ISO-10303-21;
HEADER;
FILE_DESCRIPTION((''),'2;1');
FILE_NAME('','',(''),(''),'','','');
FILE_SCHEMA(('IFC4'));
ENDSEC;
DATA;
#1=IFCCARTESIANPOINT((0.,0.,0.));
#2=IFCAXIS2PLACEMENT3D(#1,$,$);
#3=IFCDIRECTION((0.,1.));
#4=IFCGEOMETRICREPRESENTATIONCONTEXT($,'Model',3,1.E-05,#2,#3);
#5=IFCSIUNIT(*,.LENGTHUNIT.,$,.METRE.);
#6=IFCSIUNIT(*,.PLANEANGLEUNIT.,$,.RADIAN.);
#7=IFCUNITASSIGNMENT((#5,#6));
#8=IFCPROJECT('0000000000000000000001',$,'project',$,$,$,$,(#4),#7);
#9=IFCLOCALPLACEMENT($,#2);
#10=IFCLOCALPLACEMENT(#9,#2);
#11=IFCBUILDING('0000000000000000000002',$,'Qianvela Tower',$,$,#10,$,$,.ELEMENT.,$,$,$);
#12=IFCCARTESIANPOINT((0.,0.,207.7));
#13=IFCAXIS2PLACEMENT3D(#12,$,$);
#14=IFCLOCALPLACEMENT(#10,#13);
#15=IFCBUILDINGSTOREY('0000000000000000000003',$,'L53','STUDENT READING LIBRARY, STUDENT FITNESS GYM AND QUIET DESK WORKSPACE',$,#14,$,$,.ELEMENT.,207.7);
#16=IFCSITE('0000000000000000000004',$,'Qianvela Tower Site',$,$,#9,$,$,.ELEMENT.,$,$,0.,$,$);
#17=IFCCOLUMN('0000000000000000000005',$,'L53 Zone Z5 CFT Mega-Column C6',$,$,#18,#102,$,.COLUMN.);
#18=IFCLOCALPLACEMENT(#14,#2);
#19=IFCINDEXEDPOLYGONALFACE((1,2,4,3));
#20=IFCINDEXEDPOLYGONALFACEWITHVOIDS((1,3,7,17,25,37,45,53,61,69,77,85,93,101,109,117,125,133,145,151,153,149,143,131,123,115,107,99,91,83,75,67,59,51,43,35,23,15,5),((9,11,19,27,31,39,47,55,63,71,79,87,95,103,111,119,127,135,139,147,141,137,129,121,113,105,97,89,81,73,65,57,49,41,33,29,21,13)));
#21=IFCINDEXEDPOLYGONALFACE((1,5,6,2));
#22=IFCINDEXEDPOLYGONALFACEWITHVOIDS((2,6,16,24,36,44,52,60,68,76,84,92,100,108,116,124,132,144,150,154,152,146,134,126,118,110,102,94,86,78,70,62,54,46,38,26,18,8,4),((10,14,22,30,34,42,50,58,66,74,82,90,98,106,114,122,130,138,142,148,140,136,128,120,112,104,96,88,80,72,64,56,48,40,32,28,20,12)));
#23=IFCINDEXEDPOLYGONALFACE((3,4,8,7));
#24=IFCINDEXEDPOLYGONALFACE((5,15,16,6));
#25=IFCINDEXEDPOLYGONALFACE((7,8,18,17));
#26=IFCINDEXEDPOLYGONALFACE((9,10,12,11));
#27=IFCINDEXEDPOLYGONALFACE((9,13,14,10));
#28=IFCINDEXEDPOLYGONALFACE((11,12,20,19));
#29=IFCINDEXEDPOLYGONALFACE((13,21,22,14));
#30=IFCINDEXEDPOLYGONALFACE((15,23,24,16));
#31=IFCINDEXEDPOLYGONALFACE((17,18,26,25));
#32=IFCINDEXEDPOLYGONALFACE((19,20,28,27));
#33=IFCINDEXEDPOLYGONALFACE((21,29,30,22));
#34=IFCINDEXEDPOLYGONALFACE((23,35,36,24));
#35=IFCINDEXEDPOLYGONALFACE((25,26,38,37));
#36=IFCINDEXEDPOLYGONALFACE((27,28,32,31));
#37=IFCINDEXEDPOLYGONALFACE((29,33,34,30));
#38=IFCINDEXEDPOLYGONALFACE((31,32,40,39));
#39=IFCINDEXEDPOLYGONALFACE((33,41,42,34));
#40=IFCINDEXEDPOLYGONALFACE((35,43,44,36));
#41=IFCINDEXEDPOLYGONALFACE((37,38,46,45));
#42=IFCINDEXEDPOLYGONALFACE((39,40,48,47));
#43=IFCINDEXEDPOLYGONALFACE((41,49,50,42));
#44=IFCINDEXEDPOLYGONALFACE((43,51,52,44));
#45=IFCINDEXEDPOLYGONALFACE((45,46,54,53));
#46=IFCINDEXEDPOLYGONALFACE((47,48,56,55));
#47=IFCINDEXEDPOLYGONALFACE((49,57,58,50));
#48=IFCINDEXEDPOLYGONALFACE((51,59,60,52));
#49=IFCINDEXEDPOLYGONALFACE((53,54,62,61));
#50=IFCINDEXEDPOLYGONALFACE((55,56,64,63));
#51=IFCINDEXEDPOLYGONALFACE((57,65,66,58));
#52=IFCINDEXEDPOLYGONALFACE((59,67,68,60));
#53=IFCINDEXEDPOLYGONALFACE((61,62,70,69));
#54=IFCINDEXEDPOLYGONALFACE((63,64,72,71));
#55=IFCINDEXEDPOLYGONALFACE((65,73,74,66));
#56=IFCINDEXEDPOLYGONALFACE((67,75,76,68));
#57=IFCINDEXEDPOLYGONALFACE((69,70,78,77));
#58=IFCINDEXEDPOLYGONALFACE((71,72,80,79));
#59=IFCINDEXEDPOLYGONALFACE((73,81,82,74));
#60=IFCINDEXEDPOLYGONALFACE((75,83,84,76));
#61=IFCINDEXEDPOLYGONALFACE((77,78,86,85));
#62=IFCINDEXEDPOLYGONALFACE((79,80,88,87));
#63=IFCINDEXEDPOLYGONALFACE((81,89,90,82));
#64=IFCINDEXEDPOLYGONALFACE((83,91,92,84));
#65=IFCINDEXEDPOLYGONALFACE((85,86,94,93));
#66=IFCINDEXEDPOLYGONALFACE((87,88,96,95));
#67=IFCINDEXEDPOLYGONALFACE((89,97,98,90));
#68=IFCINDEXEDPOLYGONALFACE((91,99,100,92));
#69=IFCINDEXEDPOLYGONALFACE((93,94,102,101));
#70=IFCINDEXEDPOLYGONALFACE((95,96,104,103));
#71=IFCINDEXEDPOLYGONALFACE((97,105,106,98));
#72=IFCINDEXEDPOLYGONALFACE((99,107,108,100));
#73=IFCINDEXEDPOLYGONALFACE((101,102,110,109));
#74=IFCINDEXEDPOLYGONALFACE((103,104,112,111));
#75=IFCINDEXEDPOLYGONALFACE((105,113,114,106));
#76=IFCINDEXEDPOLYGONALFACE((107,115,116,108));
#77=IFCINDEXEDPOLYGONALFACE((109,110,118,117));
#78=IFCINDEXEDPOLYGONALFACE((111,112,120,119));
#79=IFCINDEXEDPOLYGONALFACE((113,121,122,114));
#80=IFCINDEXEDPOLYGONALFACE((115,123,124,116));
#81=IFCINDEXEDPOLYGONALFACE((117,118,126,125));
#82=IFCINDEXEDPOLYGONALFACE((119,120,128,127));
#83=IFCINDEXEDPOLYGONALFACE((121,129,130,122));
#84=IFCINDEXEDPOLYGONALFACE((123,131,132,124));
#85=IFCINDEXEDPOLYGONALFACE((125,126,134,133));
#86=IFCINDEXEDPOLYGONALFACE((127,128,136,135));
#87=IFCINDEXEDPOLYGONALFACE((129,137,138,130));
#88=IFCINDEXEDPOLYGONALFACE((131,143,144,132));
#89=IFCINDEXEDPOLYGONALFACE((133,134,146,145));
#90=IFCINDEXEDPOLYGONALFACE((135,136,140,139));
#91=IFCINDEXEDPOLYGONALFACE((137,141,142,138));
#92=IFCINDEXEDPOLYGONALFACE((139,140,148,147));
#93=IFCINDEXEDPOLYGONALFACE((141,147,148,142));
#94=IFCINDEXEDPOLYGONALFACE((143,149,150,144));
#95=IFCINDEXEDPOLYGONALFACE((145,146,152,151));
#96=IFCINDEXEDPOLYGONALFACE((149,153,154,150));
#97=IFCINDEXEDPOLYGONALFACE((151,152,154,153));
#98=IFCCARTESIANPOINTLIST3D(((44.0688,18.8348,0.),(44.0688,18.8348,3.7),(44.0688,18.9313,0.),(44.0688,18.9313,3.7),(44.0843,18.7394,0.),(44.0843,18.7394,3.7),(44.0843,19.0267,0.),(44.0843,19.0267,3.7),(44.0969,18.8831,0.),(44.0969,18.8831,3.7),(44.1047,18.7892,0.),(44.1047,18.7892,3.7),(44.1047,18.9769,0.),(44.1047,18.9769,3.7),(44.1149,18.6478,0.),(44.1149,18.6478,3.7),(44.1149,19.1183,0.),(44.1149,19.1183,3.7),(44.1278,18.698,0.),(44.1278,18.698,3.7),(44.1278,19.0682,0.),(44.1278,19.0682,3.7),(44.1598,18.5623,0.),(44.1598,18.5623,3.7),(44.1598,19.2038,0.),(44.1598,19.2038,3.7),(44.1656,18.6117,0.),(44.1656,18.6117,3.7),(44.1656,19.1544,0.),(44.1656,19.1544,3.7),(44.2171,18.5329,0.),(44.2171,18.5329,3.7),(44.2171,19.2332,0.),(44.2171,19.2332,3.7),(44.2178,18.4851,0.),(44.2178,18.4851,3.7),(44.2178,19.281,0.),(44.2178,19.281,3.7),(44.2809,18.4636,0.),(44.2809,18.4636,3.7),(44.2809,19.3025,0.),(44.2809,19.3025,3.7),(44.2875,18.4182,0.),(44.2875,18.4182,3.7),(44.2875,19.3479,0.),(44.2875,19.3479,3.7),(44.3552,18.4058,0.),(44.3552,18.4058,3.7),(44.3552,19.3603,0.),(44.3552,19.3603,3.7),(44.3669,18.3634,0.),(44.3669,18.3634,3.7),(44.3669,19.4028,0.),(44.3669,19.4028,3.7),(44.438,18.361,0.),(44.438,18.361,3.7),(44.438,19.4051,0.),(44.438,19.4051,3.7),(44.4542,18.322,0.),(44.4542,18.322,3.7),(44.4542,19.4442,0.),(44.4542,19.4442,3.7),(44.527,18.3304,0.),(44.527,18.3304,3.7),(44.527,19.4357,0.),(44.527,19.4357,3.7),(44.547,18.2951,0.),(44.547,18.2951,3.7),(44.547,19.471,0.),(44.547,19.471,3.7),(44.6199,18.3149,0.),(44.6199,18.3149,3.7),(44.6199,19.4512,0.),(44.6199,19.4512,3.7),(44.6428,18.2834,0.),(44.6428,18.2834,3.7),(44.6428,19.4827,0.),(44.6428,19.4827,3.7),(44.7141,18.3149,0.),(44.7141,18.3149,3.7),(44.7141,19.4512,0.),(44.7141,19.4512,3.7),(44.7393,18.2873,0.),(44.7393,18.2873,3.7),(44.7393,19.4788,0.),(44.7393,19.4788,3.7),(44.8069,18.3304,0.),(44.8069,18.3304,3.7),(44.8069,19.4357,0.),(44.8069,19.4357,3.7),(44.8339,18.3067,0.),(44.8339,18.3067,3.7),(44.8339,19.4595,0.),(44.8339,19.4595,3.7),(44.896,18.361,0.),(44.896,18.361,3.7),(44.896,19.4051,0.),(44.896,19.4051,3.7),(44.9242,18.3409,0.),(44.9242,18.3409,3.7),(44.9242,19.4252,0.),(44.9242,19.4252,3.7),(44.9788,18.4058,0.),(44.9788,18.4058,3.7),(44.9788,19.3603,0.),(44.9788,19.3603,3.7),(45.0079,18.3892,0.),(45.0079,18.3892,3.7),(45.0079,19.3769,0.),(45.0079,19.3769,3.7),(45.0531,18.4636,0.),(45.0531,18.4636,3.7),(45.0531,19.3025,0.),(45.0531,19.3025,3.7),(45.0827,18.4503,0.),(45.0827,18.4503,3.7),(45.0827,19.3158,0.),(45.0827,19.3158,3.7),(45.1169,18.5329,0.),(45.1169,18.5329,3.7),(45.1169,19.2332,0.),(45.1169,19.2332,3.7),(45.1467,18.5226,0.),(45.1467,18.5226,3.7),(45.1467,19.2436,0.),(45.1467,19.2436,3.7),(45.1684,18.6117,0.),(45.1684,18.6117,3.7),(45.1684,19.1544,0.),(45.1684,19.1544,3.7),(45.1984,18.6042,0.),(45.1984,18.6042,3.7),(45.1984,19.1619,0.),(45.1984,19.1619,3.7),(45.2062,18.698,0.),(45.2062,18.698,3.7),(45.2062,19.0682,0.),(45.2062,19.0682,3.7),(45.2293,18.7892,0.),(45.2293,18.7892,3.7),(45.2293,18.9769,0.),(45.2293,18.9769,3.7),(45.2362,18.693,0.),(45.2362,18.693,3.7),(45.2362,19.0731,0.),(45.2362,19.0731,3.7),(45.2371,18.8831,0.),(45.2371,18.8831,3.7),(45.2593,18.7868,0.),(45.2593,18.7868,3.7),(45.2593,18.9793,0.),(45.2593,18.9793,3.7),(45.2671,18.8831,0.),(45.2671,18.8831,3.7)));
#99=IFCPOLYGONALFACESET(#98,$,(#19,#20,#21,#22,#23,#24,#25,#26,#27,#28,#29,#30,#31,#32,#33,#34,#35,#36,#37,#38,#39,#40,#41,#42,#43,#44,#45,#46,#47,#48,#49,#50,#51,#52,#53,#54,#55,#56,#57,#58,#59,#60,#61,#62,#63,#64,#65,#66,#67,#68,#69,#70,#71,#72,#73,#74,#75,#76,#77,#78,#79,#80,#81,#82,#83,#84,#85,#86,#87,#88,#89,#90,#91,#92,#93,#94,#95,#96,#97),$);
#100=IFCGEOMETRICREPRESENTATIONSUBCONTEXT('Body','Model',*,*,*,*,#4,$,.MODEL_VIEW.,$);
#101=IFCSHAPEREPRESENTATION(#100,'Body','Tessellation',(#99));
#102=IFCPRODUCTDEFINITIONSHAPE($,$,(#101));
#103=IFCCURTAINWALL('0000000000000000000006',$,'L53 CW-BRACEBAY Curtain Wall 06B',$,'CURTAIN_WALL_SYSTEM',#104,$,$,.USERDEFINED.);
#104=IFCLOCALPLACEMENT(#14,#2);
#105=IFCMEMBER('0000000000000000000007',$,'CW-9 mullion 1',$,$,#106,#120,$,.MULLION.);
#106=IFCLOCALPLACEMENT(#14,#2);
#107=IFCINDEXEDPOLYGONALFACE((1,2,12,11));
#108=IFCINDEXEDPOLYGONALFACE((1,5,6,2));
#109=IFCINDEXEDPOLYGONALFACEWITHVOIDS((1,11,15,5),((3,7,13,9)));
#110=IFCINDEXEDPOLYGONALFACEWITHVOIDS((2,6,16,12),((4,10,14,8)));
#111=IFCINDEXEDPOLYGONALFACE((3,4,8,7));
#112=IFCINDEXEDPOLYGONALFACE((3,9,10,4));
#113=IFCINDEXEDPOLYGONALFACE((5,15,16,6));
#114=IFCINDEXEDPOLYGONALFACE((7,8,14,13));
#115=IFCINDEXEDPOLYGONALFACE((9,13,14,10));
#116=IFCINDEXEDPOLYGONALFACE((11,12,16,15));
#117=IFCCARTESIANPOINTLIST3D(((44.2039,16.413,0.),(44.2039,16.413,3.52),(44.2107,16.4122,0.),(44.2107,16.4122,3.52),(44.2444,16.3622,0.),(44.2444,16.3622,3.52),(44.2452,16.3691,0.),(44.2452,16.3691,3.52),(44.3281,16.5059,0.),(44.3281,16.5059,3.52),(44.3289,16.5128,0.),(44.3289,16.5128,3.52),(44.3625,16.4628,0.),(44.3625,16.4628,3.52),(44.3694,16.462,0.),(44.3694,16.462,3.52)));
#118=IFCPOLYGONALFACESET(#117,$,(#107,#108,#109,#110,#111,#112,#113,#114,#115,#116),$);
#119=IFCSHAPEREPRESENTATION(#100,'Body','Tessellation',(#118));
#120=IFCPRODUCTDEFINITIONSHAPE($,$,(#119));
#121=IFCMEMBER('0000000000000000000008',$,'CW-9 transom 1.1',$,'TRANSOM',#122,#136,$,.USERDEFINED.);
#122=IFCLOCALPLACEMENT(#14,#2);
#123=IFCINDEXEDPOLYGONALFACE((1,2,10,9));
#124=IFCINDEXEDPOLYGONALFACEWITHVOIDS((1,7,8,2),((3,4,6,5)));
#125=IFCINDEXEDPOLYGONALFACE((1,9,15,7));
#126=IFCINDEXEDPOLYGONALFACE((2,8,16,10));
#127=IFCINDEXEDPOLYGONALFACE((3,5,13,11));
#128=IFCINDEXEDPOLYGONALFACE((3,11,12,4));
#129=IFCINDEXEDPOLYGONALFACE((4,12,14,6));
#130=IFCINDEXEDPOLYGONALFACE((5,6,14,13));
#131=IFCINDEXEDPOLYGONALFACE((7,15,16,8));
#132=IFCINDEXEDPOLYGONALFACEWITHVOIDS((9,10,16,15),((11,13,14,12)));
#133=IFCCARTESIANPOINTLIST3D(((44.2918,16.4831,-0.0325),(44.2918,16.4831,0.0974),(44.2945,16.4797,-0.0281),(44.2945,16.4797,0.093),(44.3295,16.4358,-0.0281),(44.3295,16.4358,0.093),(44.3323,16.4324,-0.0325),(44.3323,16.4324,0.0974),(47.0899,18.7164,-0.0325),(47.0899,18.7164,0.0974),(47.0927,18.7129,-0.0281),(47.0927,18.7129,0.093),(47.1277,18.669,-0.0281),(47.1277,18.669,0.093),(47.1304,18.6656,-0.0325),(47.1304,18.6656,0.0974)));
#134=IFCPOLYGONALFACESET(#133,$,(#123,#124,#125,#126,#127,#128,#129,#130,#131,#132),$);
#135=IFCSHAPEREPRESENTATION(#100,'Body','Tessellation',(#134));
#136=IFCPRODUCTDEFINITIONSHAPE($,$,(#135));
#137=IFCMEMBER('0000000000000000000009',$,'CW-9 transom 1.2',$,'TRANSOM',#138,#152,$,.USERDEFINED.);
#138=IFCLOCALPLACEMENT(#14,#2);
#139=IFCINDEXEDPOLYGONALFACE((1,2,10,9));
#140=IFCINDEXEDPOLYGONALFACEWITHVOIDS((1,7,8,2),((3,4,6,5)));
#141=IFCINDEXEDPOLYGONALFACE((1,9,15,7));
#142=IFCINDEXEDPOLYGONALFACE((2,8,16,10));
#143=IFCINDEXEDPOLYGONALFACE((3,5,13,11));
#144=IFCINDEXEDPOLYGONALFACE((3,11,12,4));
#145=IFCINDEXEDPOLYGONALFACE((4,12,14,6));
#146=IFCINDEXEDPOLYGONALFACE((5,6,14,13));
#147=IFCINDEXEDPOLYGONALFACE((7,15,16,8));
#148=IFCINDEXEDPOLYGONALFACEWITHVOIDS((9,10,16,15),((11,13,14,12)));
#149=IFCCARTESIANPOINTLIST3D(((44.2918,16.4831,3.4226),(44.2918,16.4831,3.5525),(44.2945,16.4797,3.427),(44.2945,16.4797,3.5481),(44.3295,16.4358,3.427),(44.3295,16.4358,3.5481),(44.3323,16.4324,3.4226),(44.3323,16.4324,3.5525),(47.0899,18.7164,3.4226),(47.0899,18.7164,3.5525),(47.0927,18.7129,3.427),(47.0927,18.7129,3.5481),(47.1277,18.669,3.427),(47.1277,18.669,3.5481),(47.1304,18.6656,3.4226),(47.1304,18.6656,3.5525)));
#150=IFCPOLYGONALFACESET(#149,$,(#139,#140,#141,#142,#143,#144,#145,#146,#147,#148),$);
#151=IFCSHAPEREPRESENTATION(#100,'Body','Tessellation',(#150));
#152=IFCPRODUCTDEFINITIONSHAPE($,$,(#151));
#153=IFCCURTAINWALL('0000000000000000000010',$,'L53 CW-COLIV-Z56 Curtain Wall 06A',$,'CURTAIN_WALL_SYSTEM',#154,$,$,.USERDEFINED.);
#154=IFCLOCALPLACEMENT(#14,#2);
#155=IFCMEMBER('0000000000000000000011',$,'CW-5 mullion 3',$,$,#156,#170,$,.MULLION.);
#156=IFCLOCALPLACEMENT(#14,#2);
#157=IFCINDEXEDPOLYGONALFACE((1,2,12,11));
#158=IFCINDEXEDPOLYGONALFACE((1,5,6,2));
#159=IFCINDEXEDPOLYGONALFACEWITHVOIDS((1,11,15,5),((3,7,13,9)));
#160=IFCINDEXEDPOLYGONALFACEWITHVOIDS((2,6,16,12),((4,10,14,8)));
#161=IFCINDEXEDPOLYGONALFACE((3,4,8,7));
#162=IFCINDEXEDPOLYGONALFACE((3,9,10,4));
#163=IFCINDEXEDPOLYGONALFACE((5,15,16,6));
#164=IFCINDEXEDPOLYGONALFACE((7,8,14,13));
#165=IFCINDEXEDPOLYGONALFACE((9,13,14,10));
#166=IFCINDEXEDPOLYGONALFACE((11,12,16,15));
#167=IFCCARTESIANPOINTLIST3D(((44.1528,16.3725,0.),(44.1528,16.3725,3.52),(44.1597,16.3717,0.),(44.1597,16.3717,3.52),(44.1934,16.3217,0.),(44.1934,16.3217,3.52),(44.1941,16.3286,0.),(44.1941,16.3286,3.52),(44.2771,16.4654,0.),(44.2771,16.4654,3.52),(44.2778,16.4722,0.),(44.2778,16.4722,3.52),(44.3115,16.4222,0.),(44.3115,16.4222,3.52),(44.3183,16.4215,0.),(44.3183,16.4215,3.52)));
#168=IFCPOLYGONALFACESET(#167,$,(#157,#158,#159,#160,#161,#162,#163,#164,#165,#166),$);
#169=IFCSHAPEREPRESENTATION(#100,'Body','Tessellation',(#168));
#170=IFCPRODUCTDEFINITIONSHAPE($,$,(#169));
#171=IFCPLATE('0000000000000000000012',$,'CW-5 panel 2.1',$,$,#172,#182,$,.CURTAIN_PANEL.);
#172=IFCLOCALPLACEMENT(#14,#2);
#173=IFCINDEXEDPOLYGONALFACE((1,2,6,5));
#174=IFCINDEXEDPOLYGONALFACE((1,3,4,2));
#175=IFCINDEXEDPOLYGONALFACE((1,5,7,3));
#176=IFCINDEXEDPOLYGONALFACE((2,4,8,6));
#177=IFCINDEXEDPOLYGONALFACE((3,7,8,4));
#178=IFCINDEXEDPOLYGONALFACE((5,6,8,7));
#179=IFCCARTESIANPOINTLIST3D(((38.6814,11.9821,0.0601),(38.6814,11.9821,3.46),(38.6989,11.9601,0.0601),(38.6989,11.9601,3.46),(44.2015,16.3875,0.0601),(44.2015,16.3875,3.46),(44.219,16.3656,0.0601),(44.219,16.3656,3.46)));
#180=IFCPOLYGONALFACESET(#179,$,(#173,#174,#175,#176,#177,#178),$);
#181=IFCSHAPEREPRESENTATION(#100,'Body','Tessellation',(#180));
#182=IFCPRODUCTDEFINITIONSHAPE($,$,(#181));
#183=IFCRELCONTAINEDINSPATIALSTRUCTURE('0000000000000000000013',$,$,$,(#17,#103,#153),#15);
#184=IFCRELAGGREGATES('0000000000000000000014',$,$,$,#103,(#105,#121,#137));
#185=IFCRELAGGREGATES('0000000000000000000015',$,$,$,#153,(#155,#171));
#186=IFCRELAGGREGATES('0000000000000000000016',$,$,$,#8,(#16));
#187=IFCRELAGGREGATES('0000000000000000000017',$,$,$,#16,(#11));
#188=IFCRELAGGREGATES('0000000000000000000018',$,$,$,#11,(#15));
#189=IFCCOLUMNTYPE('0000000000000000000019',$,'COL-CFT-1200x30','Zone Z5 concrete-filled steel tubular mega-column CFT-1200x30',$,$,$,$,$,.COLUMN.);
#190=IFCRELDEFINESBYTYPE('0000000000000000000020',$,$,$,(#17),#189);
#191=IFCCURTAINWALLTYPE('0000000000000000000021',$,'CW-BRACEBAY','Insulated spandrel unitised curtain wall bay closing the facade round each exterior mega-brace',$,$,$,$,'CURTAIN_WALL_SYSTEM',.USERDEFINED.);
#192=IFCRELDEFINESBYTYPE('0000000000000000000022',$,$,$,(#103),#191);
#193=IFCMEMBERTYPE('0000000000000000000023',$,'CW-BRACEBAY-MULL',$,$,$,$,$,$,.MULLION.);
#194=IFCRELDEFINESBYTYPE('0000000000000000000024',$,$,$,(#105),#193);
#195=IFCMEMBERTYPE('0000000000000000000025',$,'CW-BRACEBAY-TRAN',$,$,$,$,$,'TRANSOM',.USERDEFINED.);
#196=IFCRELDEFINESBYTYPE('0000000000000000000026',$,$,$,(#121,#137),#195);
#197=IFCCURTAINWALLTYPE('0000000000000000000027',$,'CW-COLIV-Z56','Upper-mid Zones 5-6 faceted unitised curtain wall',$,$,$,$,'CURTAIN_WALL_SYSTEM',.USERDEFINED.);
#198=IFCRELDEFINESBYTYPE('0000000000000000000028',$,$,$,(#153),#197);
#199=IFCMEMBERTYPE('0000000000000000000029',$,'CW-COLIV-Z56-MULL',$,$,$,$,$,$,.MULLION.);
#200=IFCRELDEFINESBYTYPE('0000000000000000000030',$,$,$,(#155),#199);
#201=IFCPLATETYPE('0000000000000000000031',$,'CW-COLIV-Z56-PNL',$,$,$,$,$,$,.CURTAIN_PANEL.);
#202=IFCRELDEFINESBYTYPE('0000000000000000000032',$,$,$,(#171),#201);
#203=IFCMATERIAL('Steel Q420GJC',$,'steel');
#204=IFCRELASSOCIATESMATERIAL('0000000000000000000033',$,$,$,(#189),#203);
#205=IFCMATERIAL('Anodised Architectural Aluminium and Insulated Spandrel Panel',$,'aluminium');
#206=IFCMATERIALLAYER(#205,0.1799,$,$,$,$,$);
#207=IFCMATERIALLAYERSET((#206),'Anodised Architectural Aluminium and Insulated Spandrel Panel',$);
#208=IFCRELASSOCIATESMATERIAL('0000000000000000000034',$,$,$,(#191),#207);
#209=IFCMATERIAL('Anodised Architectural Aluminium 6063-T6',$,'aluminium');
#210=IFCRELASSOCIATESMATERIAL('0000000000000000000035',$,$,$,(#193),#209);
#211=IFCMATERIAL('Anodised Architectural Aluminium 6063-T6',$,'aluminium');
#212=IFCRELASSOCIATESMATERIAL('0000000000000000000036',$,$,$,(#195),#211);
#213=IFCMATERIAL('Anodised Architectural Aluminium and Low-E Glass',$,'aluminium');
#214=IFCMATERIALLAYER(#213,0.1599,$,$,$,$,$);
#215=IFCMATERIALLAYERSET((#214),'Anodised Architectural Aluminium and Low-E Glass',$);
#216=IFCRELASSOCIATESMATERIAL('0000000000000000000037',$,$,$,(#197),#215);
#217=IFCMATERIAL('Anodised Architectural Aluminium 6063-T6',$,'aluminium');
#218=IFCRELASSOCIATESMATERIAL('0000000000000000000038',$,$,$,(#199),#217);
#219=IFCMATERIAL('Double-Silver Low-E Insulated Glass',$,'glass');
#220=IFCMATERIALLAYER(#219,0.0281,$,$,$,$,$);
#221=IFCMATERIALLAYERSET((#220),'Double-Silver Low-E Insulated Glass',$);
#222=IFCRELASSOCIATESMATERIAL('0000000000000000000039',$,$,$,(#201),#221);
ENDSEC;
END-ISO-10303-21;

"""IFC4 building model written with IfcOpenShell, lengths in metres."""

from ifc_helpers import new_model, si_unit, direction, frame, origin, origin_2d, place, context, subcontext, project, spatial, rectangle, hollow_rectangle, hollow_circle, extrude, material, layer, layer_set, material_profile, profile_set, type_object, element, aggregate, save


model = new_model("IFC4")

# Units and contexts
model_context = context("Model", 3, precision=1e-05, world=origin(), true_north=direction((0.0, 1.0)))
body_context = subcontext(model_context, "Body", "Model", "MODEL_VIEW")
ifc_project = project(units=[si_unit("LENGTHUNIT", "METRE"), si_unit("PLANEANGLEUNIT", "RADIAN")], contexts=[model_context])

# Site, building, storey
site_placement = place(None, origin())
site = spatial("IfcSite", under=ifc_project, at=site_placement, Name="Qianvela Tower Site", CompositionType="ELEMENT", RefElevation=0.0)
building_placement = place(site_placement, origin())
building = spatial("IfcBuilding", under=site, at=building_placement, Name="Qianvela Tower", CompositionType="ELEMENT")
storey_placement = place(building_placement, frame((0.0, 0.0, 207.7)))
storey = spatial("IfcBuildingStorey", under=building, at=storey_placement, Name="L53", Description="STUDENT READING LIBRARY, STUDENT FITNESS GYM AND QUIET DESK WORKSPACE", CompositionType="ELEMENT", Elevation=207.7)

# Column
ifc_material_1 = material(Name="Steel Q420GJC", Category="steel")
ifc_material_profile_1 = material_profile(ifc_material_1, hollow_circle(Radius=0.6001, WallThickness=0.03, at=origin_2d()), Name="CFT-1200x30")
ifc_profile_set_1 = profile_set([ifc_material_profile_1], Name="Steel Q420GJC")
column_type = type_object("IfcColumnType", Name="COL-CFT-1200x30", Description="Zone Z5 concrete-filled steel tubular mega-column CFT-1200x30", PredefinedType="COLUMN", material=ifc_profile_set_1)
column_placement = place(storey_placement, frame((44.667, 18.8831, 0.0), z_axis=(0.0, 0.0, 1.0), x_axis=(1.0, 0.0, 0.0)))
element("IfcColumn", 1, at=column_placement, inside=storey, type_object=column_type, Name="L53 Zone Z5 CFT Mega-Column C6", PredefinedType="COLUMN", context=body_context, shape_type="SweptSolid", body=[
    extrude(hollow_circle(Radius=0.6001, WallThickness=0.03, at=origin_2d()), origin(), (0.0, 0.0, 1.0), 3.7),
])

# Curtain wall, members
ifc_material_2 = material(Name="Anodised Architectural Aluminium and Insulated Spandrel Panel", Category="aluminium")
ifc_layer_1 = layer(ifc_material_2, 0.1799)
ifc_layer_set_1 = layer_set([ifc_layer_1], Name="Anodised Architectural Aluminium and Insulated Spandrel Panel")
curtain_wall_type_1 = type_object("IfcCurtainWallType", Name="CW-BRACEBAY", Description="Insulated spandrel unitised curtain wall bay closing the facade round each exterior mega-brace", ElementType="CURTAIN_WALL_SYSTEM", PredefinedType="USERDEFINED", material=ifc_layer_set_1)
curtain_wall_1_placement = place(storey_placement, origin())
curtain_wall_1 = element("IfcCurtainWall", 2, at=curtain_wall_1_placement, inside=storey, type_object=curtain_wall_type_1, Name="L53 CW-BRACEBAY Curtain Wall 06B", ObjectType="CURTAIN_WALL_SYSTEM", PredefinedType="USERDEFINED")
ifc_material_3 = material(Name="Anodised Architectural Aluminium 6063-T6", Category="aluminium")
ifc_material_profile_2 = material_profile(ifc_material_3, hollow_rectangle(XDim=0.0649, YDim=0.1599, WallThickness=0.0049, at=origin_2d()), Name="ALU-MULL-65x160")
ifc_profile_set_2 = profile_set([ifc_material_profile_2], Name="Anodised Architectural Aluminium 6063-T6")
member_type_1 = type_object("IfcMemberType", Name="CW-BRACEBAY-MULL", PredefinedType="MULLION", material=ifc_profile_set_2)
member_1_placement = place(storey_placement, frame((44.2866, 16.4375, 0.0), z_axis=(0.0, 0.0, 1.0), x_axis=(-0.623781, 0.781599, 0.0)))
member_1 = element("IfcMember", 3, at=member_1_placement, type_object=member_type_1, Name="CW-9 mullion 1", PredefinedType="MULLION", context=body_context, shape_type="SweptSolid", body=[
    extrude(hollow_rectangle(XDim=0.0649, YDim=0.1599, WallThickness=0.0049, at=origin_2d()), origin(), (0.0, 0.0, 1.0), 3.52),
])
ifc_material_4 = material(Name="Anodised Architectural Aluminium 6063-T6", Category="aluminium")
ifc_material_profile_3 = material_profile(ifc_material_4, hollow_rectangle(XDim=0.0649, YDim=0.1299, WallThickness=0.0044, at=origin_2d()), Name="ALU-TRAN-65x130")
ifc_profile_set_3 = profile_set([ifc_material_profile_3], Name="Anodised Architectural Aluminium 6063-T6")
member_type_2 = type_object("IfcMemberType", Name="CW-BRACEBAY-TRAN", ElementType="TRANSOM", PredefinedType="USERDEFINED", material=ifc_profile_set_3)
member_2_placement = place(storey_placement, frame((44.312, 16.4578, 0.0325), z_axis=(0.781593, 0.623788, 0.0), x_axis=(-0.623788, 0.781593, 0.0)))
member_2 = element("IfcMember", 4, at=member_2_placement, type_object=member_type_2, Name="CW-9 transom 1.1", ObjectType="TRANSOM", PredefinedType="USERDEFINED", context=body_context, shape_type="SweptSolid", body=[
    extrude(hollow_rectangle(XDim=0.0649, YDim=0.1299, WallThickness=0.0044, at=origin_2d()), origin(), (0.0, 0.0, 1.0), 3.5801),
])
member_3_placement = place(storey_placement, frame((44.312, 16.4578, 3.4875), z_axis=(0.781593, 0.623788, 0.0), x_axis=(-0.623788, 0.781593, 0.0)))
member_3 = element("IfcMember", 5, at=member_3_placement, type_object=member_type_2, Name="CW-9 transom 1.2", ObjectType="TRANSOM", PredefinedType="USERDEFINED", context=body_context, shape_type="SweptSolid", body=[
    extrude(hollow_rectangle(XDim=0.0649, YDim=0.1299, WallThickness=0.0044, at=origin_2d()), origin(), (0.0, 0.0, 1.0), 3.5801),
])
aggregate(curtain_wall_1, [member_1, member_2, member_3])

# Curtain wall, member, plate
ifc_material_5 = material(Name="Anodised Architectural Aluminium and Low-E Glass", Category="aluminium")
ifc_layer_2 = layer(ifc_material_5, 0.1599)
ifc_layer_set_2 = layer_set([ifc_layer_2], Name="Anodised Architectural Aluminium and Low-E Glass")
curtain_wall_type_2 = type_object("IfcCurtainWallType", Name="CW-COLIV-Z56", Description="Upper-mid Zones 5-6 faceted unitised curtain wall", ElementType="CURTAIN_WALL_SYSTEM", PredefinedType="USERDEFINED", material=ifc_layer_set_2)
curtain_wall_2_placement = place(storey_placement, origin())
curtain_wall_2 = element("IfcCurtainWall", 6, at=curtain_wall_2_placement, inside=storey, type_object=curtain_wall_type_2, Name="L53 CW-COLIV-Z56 Curtain Wall 06A", ObjectType="CURTAIN_WALL_SYSTEM", PredefinedType="USERDEFINED")
ifc_material_6 = material(Name="Anodised Architectural Aluminium 6063-T6", Category="aluminium")
ifc_material_profile_4 = material_profile(ifc_material_6, hollow_rectangle(XDim=0.0649, YDim=0.1599, WallThickness=0.0049, at=origin_2d()), Name="ALU-MULL-65x160")
ifc_profile_set_4 = profile_set([ifc_material_profile_4], Name="Anodised Architectural Aluminium 6063-T6")
member_type_3 = type_object("IfcMemberType", Name="CW-COLIV-Z56-MULL", PredefinedType="MULLION", material=ifc_profile_set_4)
member_4_placement = place(storey_placement, frame((44.2356, 16.397, 0.0), z_axis=(0.0, 0.0, 1.0), x_axis=(-0.623783, 0.781597, 0.0)))
member_4 = element("IfcMember", 7, at=member_4_placement, type_object=member_type_3, Name="CW-5 mullion 3", PredefinedType="MULLION", context=body_context, shape_type="SweptSolid", body=[
    extrude(hollow_rectangle(XDim=0.0649, YDim=0.1599, WallThickness=0.0049, at=origin_2d()), origin(), (0.0, 0.0, 1.0), 3.52),
])
ifc_material_7 = material(Name="Double-Silver Low-E Insulated Glass", Category="glass")
ifc_layer_3 = layer(ifc_material_7, 0.0281)
ifc_layer_set_3 = layer_set([ifc_layer_3], Name="Double-Silver Low-E Insulated Glass")
plate_type_1 = type_object("IfcPlateType", Name="CW-COLIV-Z56-PNL", PredefinedType="CURTAIN_PANEL", material=ifc_layer_set_3)
plate_1_placement = place(storey_placement, frame((41.4502, 14.1738, 0.0601), z_axis=(0.0, 0.0, 1.0), x_axis=(0.781597, 0.623783, 0.0)))
plate_1 = element("IfcPlate", 8, at=plate_1_placement, type_object=plate_type_1, Name="CW-5 panel 2.1", PredefinedType="CURTAIN_PANEL", context=body_context, shape_type="SweptSolid", body=[
    extrude(rectangle(XDim=7.0625, YDim=0.0281, at=origin_2d()), origin(), (0.0, 0.0, 1.0), 3.3999),
])
aggregate(curtain_wall_2, [member_4, plate_1])

save(model, "model.ifc")
